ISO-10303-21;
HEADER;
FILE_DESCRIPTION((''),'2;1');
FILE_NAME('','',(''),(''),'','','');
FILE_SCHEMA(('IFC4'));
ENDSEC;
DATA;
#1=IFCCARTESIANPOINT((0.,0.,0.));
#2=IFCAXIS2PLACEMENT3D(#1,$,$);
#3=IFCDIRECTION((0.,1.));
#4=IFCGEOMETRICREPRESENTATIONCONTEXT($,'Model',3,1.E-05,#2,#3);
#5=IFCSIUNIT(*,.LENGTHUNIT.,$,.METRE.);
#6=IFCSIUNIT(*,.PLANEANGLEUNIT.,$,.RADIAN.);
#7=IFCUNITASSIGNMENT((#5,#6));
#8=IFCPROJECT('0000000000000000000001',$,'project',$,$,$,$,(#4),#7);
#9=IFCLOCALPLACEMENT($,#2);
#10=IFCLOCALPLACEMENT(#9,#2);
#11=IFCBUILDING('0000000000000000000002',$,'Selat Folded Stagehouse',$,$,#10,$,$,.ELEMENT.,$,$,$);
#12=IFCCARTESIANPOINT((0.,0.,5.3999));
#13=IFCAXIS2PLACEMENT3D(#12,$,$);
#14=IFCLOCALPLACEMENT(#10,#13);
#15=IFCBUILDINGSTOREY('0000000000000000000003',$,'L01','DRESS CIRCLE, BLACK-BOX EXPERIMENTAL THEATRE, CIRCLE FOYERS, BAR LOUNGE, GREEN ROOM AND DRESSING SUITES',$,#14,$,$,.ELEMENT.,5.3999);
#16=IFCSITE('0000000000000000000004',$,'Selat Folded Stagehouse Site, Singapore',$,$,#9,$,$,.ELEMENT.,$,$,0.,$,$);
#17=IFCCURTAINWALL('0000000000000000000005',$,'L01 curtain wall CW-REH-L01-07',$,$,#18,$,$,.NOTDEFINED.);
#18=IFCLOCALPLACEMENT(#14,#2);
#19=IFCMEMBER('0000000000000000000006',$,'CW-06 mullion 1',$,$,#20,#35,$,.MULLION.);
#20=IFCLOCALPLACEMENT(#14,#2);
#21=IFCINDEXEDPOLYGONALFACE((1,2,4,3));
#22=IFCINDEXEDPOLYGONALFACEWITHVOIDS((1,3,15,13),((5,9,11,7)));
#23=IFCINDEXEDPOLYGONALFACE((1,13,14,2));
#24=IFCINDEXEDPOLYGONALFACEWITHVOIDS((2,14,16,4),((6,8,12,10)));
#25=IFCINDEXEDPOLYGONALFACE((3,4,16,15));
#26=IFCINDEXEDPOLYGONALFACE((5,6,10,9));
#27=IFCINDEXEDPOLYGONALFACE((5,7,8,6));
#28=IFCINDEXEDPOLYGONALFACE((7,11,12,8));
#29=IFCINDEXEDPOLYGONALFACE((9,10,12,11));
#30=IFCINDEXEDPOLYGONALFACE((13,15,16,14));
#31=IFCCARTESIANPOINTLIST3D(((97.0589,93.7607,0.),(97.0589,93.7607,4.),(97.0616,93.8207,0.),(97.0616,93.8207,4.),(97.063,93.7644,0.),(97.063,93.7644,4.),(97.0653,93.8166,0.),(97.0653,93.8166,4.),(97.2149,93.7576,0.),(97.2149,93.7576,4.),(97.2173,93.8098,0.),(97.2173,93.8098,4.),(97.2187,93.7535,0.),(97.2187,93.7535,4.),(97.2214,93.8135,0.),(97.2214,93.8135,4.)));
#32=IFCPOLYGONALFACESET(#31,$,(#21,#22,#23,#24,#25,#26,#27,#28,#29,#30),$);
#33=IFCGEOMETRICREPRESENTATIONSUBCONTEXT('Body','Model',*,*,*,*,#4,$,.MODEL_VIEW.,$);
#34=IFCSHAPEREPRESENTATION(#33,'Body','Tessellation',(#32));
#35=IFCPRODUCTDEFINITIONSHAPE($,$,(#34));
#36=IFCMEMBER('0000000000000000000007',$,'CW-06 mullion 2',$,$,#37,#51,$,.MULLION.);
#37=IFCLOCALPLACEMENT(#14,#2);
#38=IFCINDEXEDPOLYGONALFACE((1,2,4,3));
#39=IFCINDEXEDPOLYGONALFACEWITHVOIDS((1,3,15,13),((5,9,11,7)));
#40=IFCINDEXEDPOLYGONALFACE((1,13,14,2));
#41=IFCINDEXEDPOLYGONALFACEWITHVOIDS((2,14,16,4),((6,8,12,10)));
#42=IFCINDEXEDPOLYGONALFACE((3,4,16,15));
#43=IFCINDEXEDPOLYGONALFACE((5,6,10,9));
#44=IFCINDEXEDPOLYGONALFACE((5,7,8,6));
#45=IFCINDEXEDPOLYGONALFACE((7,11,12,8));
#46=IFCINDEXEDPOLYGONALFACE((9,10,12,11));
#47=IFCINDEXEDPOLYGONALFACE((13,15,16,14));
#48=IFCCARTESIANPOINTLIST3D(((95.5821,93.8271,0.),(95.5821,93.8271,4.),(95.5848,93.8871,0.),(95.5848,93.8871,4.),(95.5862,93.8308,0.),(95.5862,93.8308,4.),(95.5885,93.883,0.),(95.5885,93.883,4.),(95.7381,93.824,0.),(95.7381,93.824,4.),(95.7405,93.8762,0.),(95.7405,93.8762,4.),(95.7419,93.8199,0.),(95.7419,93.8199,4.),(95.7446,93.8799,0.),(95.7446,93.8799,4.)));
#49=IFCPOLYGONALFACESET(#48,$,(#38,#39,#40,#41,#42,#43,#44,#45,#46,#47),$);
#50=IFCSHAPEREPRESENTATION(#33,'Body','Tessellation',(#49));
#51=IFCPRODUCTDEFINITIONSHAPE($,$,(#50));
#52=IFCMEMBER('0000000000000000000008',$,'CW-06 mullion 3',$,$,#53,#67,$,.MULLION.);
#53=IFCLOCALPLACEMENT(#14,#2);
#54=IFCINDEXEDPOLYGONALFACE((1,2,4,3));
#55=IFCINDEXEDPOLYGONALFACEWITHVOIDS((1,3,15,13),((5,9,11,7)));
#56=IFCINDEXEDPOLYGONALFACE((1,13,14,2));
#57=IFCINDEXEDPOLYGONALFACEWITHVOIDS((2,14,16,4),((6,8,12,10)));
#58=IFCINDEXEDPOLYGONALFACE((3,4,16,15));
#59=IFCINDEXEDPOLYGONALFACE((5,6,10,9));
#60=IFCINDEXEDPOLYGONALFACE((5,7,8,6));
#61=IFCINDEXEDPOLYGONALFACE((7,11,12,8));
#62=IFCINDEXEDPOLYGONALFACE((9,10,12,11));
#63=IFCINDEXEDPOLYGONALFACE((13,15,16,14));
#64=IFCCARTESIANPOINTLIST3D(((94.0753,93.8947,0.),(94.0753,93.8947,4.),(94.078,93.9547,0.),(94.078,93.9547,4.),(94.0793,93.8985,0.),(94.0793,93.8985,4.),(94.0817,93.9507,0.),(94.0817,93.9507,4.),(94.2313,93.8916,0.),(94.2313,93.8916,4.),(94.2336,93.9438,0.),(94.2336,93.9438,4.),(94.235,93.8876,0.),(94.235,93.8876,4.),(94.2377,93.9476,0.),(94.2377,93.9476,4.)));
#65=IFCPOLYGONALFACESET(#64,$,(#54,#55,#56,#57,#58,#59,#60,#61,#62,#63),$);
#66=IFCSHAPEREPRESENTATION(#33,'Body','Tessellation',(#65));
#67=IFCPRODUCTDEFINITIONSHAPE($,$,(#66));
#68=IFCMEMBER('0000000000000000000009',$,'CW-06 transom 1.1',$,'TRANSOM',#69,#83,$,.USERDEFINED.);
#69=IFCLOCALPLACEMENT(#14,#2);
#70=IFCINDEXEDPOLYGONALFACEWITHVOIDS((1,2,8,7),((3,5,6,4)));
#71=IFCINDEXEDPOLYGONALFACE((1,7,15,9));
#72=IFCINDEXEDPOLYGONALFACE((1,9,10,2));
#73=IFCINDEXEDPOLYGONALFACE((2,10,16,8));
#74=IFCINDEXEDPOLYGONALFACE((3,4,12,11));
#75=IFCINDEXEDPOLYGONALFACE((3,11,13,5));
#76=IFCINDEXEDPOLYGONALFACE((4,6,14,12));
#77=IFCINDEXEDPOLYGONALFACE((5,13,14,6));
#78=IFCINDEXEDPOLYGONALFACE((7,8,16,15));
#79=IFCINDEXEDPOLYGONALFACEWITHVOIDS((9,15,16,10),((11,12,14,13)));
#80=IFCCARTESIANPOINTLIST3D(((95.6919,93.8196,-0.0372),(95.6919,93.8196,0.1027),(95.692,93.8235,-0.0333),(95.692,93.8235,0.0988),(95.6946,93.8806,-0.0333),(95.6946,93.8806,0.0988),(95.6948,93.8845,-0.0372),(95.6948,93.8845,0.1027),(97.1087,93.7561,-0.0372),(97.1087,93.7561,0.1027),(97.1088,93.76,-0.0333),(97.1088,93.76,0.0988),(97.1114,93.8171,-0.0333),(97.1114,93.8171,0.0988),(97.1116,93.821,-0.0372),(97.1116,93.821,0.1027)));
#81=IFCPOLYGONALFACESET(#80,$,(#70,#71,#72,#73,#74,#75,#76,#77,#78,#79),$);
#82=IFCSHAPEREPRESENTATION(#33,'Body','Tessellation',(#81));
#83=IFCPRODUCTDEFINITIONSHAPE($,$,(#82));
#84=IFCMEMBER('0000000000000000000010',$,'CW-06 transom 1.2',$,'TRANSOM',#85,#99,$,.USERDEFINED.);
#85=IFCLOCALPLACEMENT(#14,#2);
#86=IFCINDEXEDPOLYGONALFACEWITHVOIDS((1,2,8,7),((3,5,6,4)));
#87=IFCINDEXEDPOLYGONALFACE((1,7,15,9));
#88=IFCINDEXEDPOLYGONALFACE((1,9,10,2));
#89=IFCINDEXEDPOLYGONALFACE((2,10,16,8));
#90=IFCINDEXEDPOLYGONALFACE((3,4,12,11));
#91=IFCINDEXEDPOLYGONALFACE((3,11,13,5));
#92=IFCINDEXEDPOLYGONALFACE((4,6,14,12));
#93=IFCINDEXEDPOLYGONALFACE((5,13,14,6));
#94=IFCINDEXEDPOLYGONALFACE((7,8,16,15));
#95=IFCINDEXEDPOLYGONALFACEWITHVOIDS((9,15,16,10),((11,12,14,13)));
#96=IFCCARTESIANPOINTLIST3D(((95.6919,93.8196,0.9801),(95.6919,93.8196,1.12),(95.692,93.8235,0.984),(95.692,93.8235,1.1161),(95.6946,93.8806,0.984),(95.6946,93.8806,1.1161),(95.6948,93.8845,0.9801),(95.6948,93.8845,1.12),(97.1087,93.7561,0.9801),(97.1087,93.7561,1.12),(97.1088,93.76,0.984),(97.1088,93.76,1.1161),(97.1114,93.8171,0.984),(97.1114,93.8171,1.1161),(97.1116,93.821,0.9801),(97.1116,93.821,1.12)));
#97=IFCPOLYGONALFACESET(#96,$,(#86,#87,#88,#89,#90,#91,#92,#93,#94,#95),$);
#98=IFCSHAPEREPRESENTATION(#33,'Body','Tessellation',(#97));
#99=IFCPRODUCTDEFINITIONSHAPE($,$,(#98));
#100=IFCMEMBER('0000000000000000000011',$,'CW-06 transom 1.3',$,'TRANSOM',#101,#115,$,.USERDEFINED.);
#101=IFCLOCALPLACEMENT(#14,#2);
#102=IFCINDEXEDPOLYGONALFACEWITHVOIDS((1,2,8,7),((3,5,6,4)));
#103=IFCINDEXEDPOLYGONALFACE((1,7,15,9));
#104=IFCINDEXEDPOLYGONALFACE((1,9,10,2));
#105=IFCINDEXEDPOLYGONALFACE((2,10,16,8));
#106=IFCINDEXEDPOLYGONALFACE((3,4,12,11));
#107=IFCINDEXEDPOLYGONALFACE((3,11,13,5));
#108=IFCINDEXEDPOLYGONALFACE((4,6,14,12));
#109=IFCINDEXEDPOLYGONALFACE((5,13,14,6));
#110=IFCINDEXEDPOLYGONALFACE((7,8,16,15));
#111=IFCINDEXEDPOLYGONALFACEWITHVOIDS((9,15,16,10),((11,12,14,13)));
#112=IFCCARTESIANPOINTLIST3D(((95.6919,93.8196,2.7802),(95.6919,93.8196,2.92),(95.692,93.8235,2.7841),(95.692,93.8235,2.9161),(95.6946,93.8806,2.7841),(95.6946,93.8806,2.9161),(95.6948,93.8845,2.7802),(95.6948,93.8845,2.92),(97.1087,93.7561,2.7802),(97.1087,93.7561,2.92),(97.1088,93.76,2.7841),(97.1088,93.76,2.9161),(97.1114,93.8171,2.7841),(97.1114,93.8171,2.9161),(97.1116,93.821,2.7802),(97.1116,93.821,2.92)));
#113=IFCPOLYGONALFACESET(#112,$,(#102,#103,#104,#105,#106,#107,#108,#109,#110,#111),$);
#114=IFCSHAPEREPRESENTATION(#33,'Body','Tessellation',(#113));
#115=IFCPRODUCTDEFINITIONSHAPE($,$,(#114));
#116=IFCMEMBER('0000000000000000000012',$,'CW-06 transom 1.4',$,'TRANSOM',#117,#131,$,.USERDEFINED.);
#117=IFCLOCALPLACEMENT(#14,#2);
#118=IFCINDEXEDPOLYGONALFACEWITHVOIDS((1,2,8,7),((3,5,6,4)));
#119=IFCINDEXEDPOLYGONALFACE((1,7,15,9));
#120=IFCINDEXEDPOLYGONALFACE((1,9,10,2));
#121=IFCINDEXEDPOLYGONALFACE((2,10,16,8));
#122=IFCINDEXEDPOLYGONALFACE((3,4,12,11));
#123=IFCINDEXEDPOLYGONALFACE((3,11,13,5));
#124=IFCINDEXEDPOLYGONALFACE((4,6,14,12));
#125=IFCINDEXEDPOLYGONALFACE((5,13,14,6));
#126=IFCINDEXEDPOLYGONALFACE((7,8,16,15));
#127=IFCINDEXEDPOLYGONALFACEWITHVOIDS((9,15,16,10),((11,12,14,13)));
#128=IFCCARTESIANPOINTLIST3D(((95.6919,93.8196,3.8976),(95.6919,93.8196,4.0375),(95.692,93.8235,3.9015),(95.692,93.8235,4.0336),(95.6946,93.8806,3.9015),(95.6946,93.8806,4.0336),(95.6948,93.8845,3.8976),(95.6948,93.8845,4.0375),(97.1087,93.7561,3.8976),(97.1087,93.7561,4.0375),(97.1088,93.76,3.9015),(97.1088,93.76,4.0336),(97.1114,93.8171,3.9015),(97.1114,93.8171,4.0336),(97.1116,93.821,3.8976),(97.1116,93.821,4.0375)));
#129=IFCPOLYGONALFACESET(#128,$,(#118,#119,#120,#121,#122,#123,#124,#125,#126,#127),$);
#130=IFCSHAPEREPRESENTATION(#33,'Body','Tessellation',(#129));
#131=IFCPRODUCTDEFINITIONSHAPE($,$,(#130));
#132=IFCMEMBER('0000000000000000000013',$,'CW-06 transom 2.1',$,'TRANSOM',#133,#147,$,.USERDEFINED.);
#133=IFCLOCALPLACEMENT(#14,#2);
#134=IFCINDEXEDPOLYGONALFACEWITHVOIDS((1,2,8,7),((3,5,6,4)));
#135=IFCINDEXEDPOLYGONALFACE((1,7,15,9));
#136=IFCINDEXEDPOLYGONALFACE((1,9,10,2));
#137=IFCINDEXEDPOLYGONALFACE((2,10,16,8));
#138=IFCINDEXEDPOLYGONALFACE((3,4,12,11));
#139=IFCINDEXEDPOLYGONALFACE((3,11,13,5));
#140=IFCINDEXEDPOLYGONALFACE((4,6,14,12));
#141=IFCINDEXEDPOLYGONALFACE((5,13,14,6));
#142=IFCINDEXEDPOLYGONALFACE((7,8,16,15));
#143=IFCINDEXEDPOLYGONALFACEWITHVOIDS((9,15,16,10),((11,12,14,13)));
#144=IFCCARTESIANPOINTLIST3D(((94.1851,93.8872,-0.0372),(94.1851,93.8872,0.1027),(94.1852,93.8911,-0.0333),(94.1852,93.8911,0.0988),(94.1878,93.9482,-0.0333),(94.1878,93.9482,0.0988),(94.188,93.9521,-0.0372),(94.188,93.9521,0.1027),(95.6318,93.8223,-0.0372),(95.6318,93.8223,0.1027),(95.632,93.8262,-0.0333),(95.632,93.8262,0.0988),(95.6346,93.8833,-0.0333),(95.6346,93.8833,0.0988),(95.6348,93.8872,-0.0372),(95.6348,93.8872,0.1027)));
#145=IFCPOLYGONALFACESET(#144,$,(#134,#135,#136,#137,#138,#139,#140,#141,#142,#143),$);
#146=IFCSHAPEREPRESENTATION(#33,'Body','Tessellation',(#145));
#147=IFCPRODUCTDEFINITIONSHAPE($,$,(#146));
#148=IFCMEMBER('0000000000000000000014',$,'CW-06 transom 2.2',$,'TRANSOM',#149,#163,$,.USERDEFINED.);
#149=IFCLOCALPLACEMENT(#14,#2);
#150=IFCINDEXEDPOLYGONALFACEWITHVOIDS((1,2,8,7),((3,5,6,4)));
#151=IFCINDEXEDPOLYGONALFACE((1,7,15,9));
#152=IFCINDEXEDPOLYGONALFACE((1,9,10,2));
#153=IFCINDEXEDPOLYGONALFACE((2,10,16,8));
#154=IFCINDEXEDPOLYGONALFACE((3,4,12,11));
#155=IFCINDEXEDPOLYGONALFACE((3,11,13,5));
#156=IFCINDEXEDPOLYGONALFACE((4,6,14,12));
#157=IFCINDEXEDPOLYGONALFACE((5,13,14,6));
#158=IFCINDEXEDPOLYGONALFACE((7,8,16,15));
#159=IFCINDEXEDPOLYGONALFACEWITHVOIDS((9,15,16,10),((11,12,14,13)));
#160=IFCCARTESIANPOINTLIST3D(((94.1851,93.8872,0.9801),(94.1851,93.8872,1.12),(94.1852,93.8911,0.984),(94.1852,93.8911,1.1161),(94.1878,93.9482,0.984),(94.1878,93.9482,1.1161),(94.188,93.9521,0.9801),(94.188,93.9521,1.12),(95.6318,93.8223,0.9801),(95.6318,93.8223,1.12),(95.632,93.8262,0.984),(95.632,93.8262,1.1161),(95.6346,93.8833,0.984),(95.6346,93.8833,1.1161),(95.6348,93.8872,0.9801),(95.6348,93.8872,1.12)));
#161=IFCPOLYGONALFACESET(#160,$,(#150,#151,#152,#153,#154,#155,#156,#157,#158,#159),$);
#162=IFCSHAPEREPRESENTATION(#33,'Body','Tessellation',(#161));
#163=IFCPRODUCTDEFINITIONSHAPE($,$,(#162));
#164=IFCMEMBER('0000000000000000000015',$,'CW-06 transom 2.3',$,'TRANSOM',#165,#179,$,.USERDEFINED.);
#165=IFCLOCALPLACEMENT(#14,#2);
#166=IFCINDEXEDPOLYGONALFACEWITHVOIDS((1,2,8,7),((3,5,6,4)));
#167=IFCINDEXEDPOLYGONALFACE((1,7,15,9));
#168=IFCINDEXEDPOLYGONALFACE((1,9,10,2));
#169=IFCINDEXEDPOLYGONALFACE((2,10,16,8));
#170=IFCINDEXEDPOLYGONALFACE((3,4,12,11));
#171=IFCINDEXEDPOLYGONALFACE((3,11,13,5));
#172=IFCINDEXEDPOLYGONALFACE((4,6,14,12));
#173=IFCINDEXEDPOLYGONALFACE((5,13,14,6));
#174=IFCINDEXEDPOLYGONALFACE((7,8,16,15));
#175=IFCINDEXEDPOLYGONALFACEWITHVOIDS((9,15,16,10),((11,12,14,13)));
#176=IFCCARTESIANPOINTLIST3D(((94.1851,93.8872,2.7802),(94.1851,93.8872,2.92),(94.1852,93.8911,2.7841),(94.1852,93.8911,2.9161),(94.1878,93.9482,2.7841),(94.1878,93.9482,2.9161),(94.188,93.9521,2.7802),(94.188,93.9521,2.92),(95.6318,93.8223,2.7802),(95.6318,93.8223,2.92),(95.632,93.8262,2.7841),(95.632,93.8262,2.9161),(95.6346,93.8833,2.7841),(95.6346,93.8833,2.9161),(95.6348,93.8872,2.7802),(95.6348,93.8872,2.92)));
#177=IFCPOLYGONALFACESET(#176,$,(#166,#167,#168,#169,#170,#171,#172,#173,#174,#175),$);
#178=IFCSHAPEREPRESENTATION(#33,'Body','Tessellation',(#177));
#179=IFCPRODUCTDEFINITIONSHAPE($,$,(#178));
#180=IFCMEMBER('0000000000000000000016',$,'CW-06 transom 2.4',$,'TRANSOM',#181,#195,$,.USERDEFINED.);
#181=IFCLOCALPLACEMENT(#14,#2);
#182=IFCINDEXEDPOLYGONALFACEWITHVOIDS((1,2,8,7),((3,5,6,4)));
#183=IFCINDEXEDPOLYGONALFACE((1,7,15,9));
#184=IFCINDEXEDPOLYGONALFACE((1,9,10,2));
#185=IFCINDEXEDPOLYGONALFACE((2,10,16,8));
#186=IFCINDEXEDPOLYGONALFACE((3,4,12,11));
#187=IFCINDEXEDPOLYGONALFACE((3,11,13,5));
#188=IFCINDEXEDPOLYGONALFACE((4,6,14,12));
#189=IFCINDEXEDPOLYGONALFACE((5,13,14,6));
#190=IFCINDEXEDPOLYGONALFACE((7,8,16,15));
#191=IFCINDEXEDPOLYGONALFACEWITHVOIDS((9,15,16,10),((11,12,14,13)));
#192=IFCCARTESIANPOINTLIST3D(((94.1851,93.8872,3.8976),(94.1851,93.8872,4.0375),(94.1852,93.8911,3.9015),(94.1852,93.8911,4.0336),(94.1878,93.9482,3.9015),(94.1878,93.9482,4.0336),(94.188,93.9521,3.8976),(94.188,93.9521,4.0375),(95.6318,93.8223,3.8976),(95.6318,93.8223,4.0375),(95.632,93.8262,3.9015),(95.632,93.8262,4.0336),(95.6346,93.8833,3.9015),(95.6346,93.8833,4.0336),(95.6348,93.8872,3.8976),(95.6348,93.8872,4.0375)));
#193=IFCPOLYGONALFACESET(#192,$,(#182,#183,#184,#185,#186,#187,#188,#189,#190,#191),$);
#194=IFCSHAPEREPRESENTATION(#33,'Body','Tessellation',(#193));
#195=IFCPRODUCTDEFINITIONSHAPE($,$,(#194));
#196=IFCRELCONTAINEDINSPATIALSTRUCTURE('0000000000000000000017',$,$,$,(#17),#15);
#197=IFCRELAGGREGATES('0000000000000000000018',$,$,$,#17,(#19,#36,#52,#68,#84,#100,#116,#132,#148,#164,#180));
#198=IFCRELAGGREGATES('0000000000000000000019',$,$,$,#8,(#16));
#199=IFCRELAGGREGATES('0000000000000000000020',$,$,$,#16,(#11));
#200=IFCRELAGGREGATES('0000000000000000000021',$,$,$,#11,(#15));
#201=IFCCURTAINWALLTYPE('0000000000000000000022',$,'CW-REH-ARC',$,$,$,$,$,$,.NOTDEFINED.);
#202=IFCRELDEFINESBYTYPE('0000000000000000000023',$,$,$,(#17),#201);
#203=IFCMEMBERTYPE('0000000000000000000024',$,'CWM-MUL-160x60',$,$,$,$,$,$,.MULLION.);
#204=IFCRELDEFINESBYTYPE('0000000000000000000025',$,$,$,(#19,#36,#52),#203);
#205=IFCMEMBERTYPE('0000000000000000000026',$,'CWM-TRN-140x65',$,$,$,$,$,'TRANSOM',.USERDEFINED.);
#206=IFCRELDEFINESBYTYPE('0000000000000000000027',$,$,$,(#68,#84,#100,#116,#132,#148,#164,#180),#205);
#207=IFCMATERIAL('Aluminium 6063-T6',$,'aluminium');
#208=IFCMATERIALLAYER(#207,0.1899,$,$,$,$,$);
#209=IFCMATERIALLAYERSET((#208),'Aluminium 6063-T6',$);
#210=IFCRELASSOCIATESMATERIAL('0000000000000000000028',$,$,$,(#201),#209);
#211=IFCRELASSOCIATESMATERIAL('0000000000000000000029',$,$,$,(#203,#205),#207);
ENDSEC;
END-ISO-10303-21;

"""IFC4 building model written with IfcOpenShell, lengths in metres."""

from ifc_helpers import new_model, si_unit, direction, frame, origin, origin_2d, place, context, subcontext, project, spatial, hollow_rectangle, extrude, material, layer, layer_set, material_profile, profile_set, type_object, element, aggregate, save


model = new_model("IFC4")

# Units and contexts
model_context = context("Model", 3, precision=1e-05, world=origin(), true_north=direction((0.0, 1.0)))
body_context = subcontext(model_context, "Body", "Model", "MODEL_VIEW")
ifc_project = project(units=[si_unit("LENGTHUNIT", "METRE"), si_unit("PLANEANGLEUNIT", "RADIAN")], contexts=[model_context])

# Site, building, storey
site_placement = place(None, origin())
site = spatial("IfcSite", under=ifc_project, at=site_placement, Name="Selat Folded Stagehouse Site, Singapore", CompositionType="ELEMENT", RefElevation=0.0)
building_placement = place(site_placement, origin())
building = spatial("IfcBuilding", under=site, at=building_placement, Name="Selat Folded Stagehouse", CompositionType="ELEMENT")
storey_placement = place(building_placement, frame((0.0, 0.0, 5.3999)))
storey = spatial("IfcBuildingStorey", under=building, at=storey_placement, Name="L01", Description="DRESS CIRCLE, BLACK-BOX EXPERIMENTAL THEATRE, CIRCLE FOYERS, BAR LOUNGE, GREEN ROOM AND DRESSING SUITES", CompositionType="ELEMENT", Elevation=5.3999)

# Curtain wall, members
ifc_material_1 = material(Name="Aluminium 6063-T6", Category="aluminium")
ifc_layer_1 = layer(ifc_material_1, 0.1899)
ifc_layer_set_1 = layer_set([ifc_layer_1], Name="Aluminium 6063-T6")
curtain_wall_type = type_object("IfcCurtainWallType", Name="CW-REH-ARC", PredefinedType="NOTDEFINED", material=ifc_layer_set_1)
curtain_wall_placement = place(storey_placement, origin())
curtain_wall = element("IfcCurtainWall", 1, at=curtain_wall_placement, inside=storey, type_object=curtain_wall_type, Name="L01 curtain wall CW-REH-L01-07", PredefinedType="NOTDEFINED")
ifc_material_profile_1 = material_profile(ifc_material_1, hollow_rectangle(XDim=0.0601, YDim=0.1599, WallThickness=0.0039, at=origin_2d()), Name="ALU 160x60x4.0")
ifc_profile_set_1 = profile_set([ifc_material_profile_1], Name="Aluminium 6063-T6")
member_type_1 = type_object("IfcMemberType", Name="CWM-MUL-160x60", PredefinedType="MULLION", material=ifc_profile_set_1)
member_1_placement = place(storey_placement, frame((97.1401, 93.7871, 0.0), z_axis=(0.0, 0.0, 1.0), x_axis=(-0.044862, -0.998993, 0.0)))
member_1 = element("IfcMember", 2, at=member_1_placement, type_object=member_type_1, Name="CW-06 mullion 1", PredefinedType="MULLION", context=body_context, shape_type="SweptSolid", body=[
    extrude(hollow_rectangle(XDim=0.0601, YDim=0.1599, WallThickness=0.0039, at=origin_2d()), origin(), (0.0, 0.0, 1.0), 4.0),
])
member_2_placement = place(storey_placement, frame((95.6633, 93.8535, 0.0), z_axis=(0.0, 0.0, 1.0), x_axis=(-0.044862, -0.998993, 0.0)))
member_2 = element("IfcMember", 3, at=member_2_placement, type_object=member_type_1, Name="CW-06 mullion 2", PredefinedType="MULLION", context=body_context, shape_type="SweptSolid", body=[
    extrude(hollow_rectangle(XDim=0.0601, YDim=0.1599, WallThickness=0.0039, at=origin_2d()), origin(), (0.0, 0.0, 1.0), 4.0),
])
member_3_placement = place(storey_placement, frame((94.1565, 93.9211, 0.0), z_axis=(0.0, 0.0, 1.0), x_axis=(-0.044862, -0.998993, 0.0)))
member_3 = element("IfcMember", 4, at=member_3_placement, type_object=member_type_1, Name="CW-06 mullion 3", PredefinedType="MULLION", context=body_context, shape_type="SweptSolid", body=[
    extrude(hollow_rectangle(XDim=0.0601, YDim=0.1599, WallThickness=0.0039, at=origin_2d()), origin(), (0.0, 0.0, 1.0), 4.0),
])
ifc_material_profile_2 = material_profile(ifc_material_1, hollow_rectangle(XDim=0.0649, YDim=0.1399, WallThickness=0.0039, at=origin_2d()), Name="ALU 140x65x4.0")
ifc_profile_set_2 = profile_set([ifc_material_profile_2], Name="Aluminium 6063-T6")
member_type_2 = type_object("IfcMemberType", Name="CWM-TRN-140x65", ElementType="TRANSOM", PredefinedType="USERDEFINED", material=ifc_profile_set_2)
member_4_placement = place(storey_placement, frame((97.1101, 93.7886, 0.0327), z_axis=(-0.998998, 0.04476, 0.0), x_axis=(-0.04476, -0.998998, 0.0)))
member_4 = element("IfcMember", 5, at=member_4_placement, type_object=member_type_2, Name="CW-06 transom 1.1", ObjectType="TRANSOM", PredefinedType="USERDEFINED", context=body_context, shape_type="SweptSolid", body=[
    extrude(hollow_rectangle(XDim=0.0649, YDim=0.1399, WallThickness=0.0039, at=origin_2d()), origin(), (0.0, 0.0, 1.0), 1.4182),
])
member_5_placement = place(storey_placement, frame((97.1101, 93.7886, 1.05), z_axis=(-0.998998, 0.04476, 0.0), x_axis=(-0.04476, -0.998998, 0.0)))
member_5 = element("IfcMember", 6, at=member_5_placement, type_object=member_type_2, Name="CW-06 transom 1.2", ObjectType="TRANSOM", PredefinedType="USERDEFINED", context=body_context, shape_type="SweptSolid", body=[
    extrude(hollow_rectangle(XDim=0.0649, YDim=0.1399, WallThickness=0.0039, at=origin_2d()), origin(), (0.0, 0.0, 1.0), 1.4182),
])
member_6_placement = place(storey_placement, frame((97.1101, 93.7886, 2.8501), z_axis=(-0.998998, 0.04476, 0.0), x_axis=(-0.04476, -0.998998, 0.0)))
member_6 = element("IfcMember", 7, at=member_6_placement, type_object=member_type_2, Name="CW-06 transom 1.3", ObjectType="TRANSOM", PredefinedType="USERDEFINED", context=body_context, shape_type="SweptSolid", body=[
    extrude(hollow_rectangle(XDim=0.0649, YDim=0.1399, WallThickness=0.0039, at=origin_2d()), origin(), (0.0, 0.0, 1.0), 1.4182),
])
member_7_placement = place(storey_placement, frame((97.1101, 93.7886, 3.9675), z_axis=(-0.998998, 0.04476, 0.0), x_axis=(-0.04476, -0.998998, 0.0)))
member_7 = element("IfcMember", 8, at=member_7_placement, type_object=member_type_2, Name="CW-06 transom 1.4", ObjectType="TRANSOM", PredefinedType="USERDEFINED", context=body_context, shape_type="SweptSolid", body=[
    extrude(hollow_rectangle(XDim=0.0649, YDim=0.1399, WallThickness=0.0039, at=origin_2d()), origin(), (0.0, 0.0, 1.0), 1.4182),
])
member_8_placement = place(storey_placement, frame((95.6333, 93.8547, 0.0327), z_axis=(-0.998994, 0.044842, 0.0), x_axis=(-0.044842, -0.998994, 0.0)))
member_8 = element("IfcMember", 9, at=member_8_placement, type_object=member_type_2, Name="CW-06 transom 2.1", ObjectType="TRANSOM", PredefinedType="USERDEFINED", context=body_context, shape_type="SweptSolid", body=[
    extrude(hollow_rectangle(XDim=0.0649, YDim=0.1399, WallThickness=0.0039, at=origin_2d()), origin(), (0.0, 0.0, 1.0), 1.4482),
])
member_9_placement = place(storey_placement, frame((95.6333, 93.8547, 1.05), z_axis=(-0.998994, 0.044842, 0.0), x_axis=(-0.044842, -0.998994, 0.0)))
member_9 = element("IfcMember", 10, at=member_9_placement, type_object=member_type_2, Name="CW-06 transom 2.2", ObjectType="TRANSOM", PredefinedType="USERDEFINED", context=body_context, shape_type="SweptSolid", body=[
    extrude(hollow_rectangle(XDim=0.0649, YDim=0.1399, WallThickness=0.0039, at=origin_2d()), origin(), (0.0, 0.0, 1.0), 1.4482),
])
member_10_placement = place(storey_placement, frame((95.6333, 93.8547, 2.8501), z_axis=(-0.998994, 0.044842, 0.0), x_axis=(-0.044842, -0.998994, 0.0)))
member_10 = element("IfcMember", 11, at=member_10_placement, type_object=member_type_2, Name="CW-06 transom 2.3", ObjectType="TRANSOM", PredefinedType="USERDEFINED", context=body_context, shape_type="SweptSolid", body=[
    extrude(hollow_rectangle(XDim=0.0649, YDim=0.1399, WallThickness=0.0039, at=origin_2d()), origin(), (0.0, 0.0, 1.0), 1.4482),
])
member_11_placement = place(storey_placement, frame((95.6333, 93.8547, 3.9675), z_axis=(-0.998994, 0.044842, 0.0), x_axis=(-0.044842, -0.998994, 0.0)))
member_11 = element("IfcMember", 12, at=member_11_placement, type_object=member_type_2, Name="CW-06 transom 2.4", ObjectType="TRANSOM", PredefinedType="USERDEFINED", context=body_context, shape_type="SweptSolid", body=[
    extrude(hollow_rectangle(XDim=0.0649, YDim=0.1399, WallThickness=0.0039, at=origin_2d()), origin(), (0.0, 0.0, 1.0), 1.4482),
])
aggregate(curtain_wall, [member_1, member_2, member_3, member_4, member_5, member_6, member_7, member_8, member_9, member_10, member_11])

save(model, "model.ifc")
